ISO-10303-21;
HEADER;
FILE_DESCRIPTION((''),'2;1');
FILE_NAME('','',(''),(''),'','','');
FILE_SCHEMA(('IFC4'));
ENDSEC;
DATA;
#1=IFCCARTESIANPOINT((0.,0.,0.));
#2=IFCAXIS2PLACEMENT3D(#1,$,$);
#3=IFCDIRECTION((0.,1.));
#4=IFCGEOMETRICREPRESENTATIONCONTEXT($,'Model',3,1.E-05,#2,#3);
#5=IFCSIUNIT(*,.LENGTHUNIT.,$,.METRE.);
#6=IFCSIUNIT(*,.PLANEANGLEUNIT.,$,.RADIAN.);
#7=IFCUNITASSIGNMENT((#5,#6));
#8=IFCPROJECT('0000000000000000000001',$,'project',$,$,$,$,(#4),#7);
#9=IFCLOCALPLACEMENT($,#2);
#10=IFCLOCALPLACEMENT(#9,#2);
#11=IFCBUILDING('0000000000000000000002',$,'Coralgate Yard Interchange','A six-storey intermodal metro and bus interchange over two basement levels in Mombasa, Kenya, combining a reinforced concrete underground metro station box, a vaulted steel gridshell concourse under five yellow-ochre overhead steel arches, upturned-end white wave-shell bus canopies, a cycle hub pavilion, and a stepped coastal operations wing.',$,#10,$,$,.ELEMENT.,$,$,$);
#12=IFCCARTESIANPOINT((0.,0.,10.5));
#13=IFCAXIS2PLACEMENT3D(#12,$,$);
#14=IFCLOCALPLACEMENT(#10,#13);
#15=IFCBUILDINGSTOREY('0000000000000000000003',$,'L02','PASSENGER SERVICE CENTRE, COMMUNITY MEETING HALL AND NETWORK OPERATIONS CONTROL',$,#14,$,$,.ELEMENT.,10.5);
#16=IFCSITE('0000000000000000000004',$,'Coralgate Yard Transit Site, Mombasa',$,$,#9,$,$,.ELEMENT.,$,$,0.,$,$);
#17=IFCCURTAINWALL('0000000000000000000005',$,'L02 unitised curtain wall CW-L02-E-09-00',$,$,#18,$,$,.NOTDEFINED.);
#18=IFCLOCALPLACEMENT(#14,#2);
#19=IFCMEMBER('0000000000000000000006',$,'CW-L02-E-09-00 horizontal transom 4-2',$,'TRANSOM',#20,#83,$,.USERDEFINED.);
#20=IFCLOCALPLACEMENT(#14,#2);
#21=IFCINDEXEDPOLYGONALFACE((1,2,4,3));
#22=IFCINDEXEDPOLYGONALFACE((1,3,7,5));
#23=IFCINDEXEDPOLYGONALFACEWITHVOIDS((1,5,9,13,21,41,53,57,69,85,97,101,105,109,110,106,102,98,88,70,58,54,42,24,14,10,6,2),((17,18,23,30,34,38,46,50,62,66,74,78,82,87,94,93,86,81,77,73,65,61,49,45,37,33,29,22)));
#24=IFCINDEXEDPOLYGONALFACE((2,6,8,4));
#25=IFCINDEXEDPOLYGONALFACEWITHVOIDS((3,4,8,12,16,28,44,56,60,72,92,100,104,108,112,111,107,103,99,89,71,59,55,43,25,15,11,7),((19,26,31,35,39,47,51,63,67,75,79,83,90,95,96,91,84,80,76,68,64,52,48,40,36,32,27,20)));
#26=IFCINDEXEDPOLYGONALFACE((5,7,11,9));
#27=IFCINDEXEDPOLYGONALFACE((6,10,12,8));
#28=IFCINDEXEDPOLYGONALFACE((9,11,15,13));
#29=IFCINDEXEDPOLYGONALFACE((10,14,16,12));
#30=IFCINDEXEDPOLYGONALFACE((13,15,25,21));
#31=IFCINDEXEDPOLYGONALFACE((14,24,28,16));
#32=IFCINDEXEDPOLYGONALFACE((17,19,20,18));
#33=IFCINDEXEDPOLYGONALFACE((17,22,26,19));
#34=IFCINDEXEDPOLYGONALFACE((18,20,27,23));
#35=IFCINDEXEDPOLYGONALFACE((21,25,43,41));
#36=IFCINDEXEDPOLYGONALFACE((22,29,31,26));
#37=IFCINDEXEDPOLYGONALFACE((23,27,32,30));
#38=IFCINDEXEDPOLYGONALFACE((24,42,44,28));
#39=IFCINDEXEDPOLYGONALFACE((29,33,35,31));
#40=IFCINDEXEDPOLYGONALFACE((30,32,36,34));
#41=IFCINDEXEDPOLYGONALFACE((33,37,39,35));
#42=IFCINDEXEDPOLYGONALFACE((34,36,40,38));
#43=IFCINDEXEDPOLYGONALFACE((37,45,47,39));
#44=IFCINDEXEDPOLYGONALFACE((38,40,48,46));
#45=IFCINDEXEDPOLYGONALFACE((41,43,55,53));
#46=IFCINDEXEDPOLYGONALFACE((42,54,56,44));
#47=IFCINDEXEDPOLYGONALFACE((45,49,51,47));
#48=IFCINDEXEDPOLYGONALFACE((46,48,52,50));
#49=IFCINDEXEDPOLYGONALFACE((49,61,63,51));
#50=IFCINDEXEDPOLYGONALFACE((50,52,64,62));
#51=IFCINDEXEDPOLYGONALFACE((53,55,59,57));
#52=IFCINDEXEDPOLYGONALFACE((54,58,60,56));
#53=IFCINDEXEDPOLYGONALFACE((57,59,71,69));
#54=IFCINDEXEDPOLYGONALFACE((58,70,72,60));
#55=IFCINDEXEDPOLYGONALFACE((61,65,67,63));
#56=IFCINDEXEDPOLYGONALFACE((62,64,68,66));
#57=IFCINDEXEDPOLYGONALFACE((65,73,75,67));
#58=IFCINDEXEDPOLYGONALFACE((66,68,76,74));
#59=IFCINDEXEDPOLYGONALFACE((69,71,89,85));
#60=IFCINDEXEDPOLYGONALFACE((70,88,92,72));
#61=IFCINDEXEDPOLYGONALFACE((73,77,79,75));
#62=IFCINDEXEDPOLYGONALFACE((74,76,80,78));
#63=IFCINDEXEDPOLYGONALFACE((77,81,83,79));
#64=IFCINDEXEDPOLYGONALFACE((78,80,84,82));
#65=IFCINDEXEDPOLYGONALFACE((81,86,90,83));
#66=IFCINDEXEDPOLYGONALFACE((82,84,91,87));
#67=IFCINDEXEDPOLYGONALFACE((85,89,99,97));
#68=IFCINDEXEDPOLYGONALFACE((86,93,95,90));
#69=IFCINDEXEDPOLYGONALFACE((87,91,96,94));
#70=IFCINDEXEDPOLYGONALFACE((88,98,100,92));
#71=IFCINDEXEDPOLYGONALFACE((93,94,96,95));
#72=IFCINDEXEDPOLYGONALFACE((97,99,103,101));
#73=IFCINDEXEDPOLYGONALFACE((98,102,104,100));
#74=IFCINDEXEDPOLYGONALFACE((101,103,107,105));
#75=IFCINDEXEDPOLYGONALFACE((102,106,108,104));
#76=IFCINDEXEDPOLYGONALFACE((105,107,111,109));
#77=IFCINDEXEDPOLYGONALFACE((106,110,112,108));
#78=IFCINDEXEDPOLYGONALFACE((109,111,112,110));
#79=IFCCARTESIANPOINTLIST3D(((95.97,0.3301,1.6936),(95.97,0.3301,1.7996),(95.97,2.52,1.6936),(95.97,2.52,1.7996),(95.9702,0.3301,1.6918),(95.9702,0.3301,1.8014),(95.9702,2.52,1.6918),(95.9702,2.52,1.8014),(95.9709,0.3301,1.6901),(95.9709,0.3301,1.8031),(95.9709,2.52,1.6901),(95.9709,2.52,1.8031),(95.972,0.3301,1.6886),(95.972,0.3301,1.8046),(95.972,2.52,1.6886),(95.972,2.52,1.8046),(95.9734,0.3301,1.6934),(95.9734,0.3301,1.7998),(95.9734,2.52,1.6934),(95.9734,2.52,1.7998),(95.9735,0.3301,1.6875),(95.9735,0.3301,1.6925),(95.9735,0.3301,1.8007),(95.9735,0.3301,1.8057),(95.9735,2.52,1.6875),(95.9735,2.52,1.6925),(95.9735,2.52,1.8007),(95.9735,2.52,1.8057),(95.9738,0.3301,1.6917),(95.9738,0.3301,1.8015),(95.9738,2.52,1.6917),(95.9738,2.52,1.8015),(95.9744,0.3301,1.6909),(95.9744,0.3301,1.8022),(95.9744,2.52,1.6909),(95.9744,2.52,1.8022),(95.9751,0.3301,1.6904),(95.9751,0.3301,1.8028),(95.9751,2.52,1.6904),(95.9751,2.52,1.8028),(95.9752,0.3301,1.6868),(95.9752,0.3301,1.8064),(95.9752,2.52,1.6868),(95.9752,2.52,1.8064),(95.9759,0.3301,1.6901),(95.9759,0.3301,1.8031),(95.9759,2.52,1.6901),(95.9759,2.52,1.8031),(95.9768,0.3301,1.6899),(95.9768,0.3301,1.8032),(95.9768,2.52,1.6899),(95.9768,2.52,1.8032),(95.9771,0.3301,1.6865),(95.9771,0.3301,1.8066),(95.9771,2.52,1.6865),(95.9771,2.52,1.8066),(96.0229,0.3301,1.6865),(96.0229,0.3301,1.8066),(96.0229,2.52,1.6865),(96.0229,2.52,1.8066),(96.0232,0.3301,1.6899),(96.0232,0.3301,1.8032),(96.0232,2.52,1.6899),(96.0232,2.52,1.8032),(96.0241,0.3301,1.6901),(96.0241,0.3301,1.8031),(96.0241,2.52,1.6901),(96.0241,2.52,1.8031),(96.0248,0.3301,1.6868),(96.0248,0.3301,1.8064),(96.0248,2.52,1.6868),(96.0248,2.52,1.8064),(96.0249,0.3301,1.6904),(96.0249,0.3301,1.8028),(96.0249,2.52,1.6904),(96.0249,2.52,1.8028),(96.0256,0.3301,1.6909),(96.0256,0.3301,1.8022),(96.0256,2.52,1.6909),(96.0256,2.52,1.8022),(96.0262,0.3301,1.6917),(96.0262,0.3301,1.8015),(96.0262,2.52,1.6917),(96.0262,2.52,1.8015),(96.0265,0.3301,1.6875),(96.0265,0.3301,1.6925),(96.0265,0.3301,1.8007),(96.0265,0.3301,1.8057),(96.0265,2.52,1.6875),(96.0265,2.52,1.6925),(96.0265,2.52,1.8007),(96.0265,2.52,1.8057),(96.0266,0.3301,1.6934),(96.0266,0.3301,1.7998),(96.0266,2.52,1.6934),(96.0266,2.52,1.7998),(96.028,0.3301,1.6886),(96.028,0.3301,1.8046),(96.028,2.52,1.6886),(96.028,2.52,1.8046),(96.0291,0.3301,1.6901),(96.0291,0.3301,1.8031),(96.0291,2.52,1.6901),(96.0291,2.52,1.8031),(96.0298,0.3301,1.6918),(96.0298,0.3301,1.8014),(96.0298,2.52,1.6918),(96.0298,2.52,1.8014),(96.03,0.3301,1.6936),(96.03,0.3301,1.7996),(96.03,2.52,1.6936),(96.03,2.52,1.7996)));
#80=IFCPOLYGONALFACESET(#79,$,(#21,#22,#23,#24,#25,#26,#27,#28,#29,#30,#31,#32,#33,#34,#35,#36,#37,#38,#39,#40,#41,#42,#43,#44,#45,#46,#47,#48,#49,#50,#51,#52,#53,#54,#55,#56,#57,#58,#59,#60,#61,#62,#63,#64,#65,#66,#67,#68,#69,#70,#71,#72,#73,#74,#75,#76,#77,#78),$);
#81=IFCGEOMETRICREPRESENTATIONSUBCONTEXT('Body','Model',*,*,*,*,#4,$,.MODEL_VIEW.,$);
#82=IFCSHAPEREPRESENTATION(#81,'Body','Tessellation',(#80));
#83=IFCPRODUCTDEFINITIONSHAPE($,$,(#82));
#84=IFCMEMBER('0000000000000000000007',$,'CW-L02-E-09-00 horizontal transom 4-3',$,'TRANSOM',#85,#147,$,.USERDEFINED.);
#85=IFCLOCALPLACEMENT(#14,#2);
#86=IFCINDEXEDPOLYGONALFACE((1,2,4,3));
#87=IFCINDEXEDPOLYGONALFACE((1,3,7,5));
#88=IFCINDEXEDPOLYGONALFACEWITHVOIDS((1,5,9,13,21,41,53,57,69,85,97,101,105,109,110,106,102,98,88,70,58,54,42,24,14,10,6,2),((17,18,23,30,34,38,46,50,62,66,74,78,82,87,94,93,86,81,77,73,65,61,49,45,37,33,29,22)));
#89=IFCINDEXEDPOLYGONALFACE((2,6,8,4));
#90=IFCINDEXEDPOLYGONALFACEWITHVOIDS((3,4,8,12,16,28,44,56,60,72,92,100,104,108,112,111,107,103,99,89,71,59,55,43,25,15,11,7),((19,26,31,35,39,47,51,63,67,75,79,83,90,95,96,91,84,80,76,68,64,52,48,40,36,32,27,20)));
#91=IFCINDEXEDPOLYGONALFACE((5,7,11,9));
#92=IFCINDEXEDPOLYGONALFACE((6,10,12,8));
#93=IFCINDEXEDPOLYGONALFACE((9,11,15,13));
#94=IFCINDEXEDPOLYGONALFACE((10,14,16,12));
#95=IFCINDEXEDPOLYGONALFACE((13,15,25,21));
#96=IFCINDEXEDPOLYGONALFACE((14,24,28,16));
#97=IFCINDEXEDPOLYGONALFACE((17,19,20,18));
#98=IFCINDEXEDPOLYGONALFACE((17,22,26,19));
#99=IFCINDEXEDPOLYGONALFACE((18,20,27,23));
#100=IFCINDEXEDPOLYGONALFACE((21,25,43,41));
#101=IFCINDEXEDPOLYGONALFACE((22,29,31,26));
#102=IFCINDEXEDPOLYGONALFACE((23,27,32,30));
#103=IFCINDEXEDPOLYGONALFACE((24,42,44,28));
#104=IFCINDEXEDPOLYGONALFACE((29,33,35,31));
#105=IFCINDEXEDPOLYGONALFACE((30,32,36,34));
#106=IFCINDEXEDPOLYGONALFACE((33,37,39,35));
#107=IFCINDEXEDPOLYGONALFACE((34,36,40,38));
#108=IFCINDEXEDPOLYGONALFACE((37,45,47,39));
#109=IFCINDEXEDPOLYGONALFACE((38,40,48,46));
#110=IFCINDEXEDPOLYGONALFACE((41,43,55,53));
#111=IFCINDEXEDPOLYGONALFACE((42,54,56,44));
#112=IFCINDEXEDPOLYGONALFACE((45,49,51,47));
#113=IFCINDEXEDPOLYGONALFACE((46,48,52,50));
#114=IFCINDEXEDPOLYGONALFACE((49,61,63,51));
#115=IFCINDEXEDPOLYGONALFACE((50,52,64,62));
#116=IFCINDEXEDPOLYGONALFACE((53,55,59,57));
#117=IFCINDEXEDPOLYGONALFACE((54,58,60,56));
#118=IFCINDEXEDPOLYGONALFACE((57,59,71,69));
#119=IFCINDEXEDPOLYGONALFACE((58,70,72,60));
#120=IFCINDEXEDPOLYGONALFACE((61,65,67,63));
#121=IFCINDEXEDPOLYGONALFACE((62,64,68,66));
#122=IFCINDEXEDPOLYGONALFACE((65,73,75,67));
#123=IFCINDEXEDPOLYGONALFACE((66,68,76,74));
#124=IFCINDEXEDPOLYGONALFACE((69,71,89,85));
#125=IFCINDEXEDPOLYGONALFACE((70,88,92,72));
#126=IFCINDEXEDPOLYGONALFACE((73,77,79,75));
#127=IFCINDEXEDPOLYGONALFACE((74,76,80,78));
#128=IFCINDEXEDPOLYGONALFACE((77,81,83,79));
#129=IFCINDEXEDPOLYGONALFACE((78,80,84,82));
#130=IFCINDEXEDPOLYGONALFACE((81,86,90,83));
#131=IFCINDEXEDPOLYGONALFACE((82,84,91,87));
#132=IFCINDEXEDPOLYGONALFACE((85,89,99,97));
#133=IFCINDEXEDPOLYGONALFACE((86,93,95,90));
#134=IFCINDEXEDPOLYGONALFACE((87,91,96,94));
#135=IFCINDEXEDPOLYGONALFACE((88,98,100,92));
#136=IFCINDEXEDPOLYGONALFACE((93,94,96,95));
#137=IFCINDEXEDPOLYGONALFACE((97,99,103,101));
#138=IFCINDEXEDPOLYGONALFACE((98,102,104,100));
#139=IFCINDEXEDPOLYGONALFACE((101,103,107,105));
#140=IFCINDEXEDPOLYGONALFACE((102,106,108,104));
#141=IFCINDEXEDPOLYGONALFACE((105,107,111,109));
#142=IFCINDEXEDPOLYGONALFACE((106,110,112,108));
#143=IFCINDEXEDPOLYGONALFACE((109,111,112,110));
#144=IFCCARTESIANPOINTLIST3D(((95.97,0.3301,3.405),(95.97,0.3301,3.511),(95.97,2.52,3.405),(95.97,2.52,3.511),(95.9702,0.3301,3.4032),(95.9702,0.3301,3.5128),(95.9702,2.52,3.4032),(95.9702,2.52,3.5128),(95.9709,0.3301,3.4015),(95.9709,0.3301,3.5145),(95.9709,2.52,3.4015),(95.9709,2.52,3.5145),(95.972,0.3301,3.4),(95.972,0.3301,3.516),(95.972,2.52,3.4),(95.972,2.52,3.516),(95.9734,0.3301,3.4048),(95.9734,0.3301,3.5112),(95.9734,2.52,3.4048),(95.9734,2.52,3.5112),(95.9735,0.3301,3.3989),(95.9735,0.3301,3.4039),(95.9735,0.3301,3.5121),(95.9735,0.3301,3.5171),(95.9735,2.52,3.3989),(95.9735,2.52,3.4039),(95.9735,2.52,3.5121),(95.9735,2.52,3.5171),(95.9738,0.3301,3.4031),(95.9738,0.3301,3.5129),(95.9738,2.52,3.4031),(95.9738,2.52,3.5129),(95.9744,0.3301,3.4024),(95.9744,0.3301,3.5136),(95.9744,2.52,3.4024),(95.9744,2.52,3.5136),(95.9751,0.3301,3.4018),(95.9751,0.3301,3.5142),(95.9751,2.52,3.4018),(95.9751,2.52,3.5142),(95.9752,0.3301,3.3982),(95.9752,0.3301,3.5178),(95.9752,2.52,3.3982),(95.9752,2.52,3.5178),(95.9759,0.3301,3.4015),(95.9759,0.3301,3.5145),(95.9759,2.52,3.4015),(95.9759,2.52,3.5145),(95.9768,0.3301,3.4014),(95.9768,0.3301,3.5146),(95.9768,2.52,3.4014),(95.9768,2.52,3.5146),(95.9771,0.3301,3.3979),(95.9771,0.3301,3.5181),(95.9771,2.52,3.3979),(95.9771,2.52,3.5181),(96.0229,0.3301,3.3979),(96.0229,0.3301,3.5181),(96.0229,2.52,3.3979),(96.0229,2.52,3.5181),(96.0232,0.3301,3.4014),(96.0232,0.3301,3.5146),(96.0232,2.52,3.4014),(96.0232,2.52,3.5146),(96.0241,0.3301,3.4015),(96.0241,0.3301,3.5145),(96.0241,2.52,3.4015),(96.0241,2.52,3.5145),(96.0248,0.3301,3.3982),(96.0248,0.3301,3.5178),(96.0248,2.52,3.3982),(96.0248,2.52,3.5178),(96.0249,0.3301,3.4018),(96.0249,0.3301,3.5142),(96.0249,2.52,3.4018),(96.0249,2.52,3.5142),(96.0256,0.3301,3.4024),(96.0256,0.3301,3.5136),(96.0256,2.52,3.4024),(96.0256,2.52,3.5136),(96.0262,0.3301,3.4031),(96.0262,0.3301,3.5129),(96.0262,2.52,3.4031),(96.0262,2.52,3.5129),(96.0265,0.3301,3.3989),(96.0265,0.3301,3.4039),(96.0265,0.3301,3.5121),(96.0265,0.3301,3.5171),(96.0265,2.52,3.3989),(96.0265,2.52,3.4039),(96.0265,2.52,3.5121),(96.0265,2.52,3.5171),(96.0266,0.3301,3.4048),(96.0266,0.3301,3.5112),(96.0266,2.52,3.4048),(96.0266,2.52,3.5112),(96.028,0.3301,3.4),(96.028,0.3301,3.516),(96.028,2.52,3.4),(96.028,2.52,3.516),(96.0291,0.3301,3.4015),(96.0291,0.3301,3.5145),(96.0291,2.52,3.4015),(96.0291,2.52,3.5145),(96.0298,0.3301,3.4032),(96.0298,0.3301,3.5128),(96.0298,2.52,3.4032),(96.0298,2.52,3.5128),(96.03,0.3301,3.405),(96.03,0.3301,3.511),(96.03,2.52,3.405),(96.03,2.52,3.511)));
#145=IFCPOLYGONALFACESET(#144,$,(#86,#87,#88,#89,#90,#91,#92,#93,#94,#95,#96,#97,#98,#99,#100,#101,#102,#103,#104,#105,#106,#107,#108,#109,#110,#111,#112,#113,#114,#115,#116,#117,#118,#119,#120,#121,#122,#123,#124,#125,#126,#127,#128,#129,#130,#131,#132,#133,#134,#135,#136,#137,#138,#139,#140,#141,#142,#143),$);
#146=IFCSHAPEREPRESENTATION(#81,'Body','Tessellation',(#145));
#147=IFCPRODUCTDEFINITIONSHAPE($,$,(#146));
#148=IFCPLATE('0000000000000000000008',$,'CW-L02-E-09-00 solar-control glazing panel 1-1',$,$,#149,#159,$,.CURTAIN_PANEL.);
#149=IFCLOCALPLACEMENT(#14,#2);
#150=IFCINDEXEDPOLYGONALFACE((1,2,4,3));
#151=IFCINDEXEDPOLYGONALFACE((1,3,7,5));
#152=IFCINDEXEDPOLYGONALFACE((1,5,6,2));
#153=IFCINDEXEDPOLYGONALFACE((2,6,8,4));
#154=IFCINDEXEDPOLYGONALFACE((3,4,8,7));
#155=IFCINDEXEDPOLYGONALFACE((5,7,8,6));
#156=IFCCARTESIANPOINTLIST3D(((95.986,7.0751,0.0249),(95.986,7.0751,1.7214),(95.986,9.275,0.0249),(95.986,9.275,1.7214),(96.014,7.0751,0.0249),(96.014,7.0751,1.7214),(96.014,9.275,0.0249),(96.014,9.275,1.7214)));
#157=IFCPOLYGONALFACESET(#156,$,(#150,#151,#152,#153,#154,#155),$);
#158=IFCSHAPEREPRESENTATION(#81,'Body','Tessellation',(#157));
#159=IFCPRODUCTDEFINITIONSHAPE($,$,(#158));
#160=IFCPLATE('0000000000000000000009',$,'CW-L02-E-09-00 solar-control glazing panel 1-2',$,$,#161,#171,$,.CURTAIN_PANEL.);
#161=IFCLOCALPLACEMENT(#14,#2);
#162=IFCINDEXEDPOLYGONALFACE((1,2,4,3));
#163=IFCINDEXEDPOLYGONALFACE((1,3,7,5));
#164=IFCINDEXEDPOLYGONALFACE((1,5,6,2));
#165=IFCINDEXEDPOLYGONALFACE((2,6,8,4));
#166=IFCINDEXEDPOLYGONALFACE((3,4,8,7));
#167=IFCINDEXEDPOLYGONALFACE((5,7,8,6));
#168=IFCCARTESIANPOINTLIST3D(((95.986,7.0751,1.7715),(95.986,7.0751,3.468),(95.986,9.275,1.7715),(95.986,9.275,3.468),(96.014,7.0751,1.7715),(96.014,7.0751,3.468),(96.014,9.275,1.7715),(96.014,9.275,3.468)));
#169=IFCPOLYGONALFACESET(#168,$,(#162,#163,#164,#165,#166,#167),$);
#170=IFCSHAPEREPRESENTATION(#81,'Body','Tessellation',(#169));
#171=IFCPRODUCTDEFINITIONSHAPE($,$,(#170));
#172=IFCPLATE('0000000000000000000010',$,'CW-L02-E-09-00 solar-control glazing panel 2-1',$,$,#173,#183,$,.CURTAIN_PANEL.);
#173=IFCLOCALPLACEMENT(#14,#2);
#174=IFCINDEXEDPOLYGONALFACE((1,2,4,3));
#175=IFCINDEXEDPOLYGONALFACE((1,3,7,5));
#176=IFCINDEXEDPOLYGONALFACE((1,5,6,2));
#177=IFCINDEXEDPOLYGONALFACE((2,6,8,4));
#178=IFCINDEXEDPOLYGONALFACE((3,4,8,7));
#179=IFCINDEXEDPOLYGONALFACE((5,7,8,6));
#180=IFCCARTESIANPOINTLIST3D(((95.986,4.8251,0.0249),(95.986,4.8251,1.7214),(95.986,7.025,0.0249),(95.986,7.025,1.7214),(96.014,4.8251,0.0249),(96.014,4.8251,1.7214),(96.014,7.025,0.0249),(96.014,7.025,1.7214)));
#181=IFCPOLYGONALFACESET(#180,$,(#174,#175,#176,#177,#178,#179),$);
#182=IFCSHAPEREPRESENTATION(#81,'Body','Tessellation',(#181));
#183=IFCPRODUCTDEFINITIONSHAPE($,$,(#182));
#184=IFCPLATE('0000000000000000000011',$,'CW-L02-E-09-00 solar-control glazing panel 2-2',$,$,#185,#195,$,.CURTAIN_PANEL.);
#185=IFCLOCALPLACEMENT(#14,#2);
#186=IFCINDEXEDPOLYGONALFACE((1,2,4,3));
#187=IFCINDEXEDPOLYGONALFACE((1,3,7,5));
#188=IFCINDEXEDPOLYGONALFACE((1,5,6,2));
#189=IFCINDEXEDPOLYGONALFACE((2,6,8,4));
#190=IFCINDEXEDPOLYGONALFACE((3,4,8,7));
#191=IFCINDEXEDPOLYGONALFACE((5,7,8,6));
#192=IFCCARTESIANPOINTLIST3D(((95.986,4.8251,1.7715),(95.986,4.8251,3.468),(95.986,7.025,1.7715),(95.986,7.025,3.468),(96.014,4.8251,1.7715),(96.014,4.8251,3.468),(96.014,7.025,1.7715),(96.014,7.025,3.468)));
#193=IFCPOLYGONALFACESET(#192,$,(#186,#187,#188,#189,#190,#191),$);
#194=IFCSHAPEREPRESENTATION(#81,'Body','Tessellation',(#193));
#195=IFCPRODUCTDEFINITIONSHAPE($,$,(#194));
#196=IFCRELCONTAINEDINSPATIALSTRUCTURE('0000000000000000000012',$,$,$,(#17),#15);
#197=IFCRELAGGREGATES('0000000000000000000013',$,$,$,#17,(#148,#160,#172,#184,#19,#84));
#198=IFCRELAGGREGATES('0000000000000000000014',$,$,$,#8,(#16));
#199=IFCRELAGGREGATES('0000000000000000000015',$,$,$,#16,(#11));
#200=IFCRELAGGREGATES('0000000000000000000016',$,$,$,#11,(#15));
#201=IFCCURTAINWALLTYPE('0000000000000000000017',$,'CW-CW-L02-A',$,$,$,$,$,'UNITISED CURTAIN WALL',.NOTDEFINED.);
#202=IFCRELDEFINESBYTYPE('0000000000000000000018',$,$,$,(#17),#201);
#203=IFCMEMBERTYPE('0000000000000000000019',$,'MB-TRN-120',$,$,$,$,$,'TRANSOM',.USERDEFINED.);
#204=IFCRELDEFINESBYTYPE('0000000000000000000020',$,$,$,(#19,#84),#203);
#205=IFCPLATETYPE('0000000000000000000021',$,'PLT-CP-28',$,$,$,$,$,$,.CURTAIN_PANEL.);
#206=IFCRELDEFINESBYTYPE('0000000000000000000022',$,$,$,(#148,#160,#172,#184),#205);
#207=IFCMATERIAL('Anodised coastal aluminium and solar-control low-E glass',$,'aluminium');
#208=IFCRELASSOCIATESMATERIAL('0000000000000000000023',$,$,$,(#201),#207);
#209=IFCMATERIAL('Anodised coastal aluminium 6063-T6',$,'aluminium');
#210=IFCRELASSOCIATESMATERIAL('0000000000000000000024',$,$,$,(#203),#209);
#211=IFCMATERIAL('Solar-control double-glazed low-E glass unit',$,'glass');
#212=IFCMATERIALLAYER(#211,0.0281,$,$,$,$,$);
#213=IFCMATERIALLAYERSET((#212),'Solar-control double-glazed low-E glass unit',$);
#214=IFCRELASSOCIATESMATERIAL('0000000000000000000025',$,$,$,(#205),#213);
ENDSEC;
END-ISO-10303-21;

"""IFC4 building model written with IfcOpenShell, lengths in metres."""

from ifc_helpers import new_model, si_unit, direction, frame, origin, origin_2d, place, context, subcontext, project, spatial, rectangle, hollow_rectangle, extrude, material, layer, layer_set, material_profile, profile_set, type_object, element, aggregate, save


model = new_model("IFC4")

# Units and contexts
model_context = context("Model", 3, precision=1e-05, world=origin(), true_north=direction((0.0, 1.0)))
body_context = subcontext(model_context, "Body", "Model", "MODEL_VIEW")
ifc_project = project(units=[si_unit("LENGTHUNIT", "METRE"), si_unit("PLANEANGLEUNIT", "RADIAN")], contexts=[model_context])

# Site, building, storey
site_placement = place(None, origin())
site = spatial("IfcSite", under=ifc_project, at=site_placement, Name="Coralgate Yard Transit Site, Mombasa", CompositionType="ELEMENT", RefElevation=0.0)
building_placement = place(site_placement, origin())
building = spatial("IfcBuilding", under=site, at=building_placement, Name="Coralgate Yard Interchange", Description="A six-storey intermodal metro and bus interchange over two basement levels in Mombasa, Kenya, combining a reinforced concrete underground metro station box, a vaulted steel gridshell concourse under five yellow-ochre overhead steel arches, upturned-end white wave-shell bus canopies, a cycle hub pavilion, and a stepped coastal operations wing.", CompositionType="ELEMENT")
storey_placement = place(building_placement, frame((0.0, 0.0, 10.5)))
storey = spatial("IfcBuildingStorey", under=building, at=storey_placement, Name="L02", Description="PASSENGER SERVICE CENTRE, COMMUNITY MEETING HALL AND NETWORK OPERATIONS CONTROL", CompositionType="ELEMENT", Elevation=10.5)

# Shared definitions
ifc_material_1 = material(Name="Anodised coastal aluminium and solar-control low-E glass", Category="aluminium")
curtain_wall_type = type_object("IfcCurtainWallType", Name="CW-CW-L02-A", ElementType="UNITISED CURTAIN WALL", PredefinedType="NOTDEFINED", material=ifc_material_1)
ifc_material_2 = material(Name="Anodised coastal aluminium 6063-T6", Category="aluminium")

# Curtain wall
curtain_wall_1_placement = place(storey_placement, origin())
curtain_wall_1 = element("IfcCurtainWall", 1, at=curtain_wall_1_placement, inside=storey, type_object=curtain_wall_type, Name="L02 unitised curtain wall CW-L02-E-09-00", PredefinedType="NOTDEFINED")

# Members
ifc_material_profile_1 = material_profile(ifc_material_2, hollow_rectangle(XDim=0.0601, YDim=0.1201, WallThickness=0.0034, InnerFilletRadius=0.0034, OuterFilletRadius=0.0071, at=origin_2d()), Name="ALU 60x120x3.5")
ifc_profile_set_1 = profile_set([ifc_material_profile_1], Name="Anodised coastal aluminium 6063-T6")
member_type_1 = type_object("IfcMemberType", Name="MB-TRN-120", ElementType="TRANSOM", PredefinedType="USERDEFINED", material=ifc_profile_set_1)
member_1_placement = place(storey_placement, frame((96.0, 2.52, 1.7466), z_axis=(0.0, -1.0, 0.0), x_axis=(1.0, 0.0, 0.0)))
member_1 = element("IfcMember", 2, at=member_1_placement, type_object=member_type_1, Name="CW-L02-E-09-00 horizontal transom 4-2", ObjectType="TRANSOM", PredefinedType="USERDEFINED", context=body_context, shape_type="SweptSolid", body=[
    extrude(hollow_rectangle(XDim=0.0601, YDim=0.1201, WallThickness=0.0034, InnerFilletRadius=0.0034, OuterFilletRadius=0.0071, at=origin_2d()), origin(), (0.0, 0.0, 1.0), 2.1899),
])
member_2_placement = place(storey_placement, frame((96.0, 2.52, 3.458), z_axis=(0.0, -1.0, 0.0), x_axis=(1.0, 0.0, 0.0)))
member_2 = element("IfcMember", 3, at=member_2_placement, type_object=member_type_1, Name="CW-L02-E-09-00 horizontal transom 4-3", ObjectType="TRANSOM", PredefinedType="USERDEFINED", context=body_context, shape_type="SweptSolid", body=[
    extrude(hollow_rectangle(XDim=0.0601, YDim=0.1201, WallThickness=0.0034, InnerFilletRadius=0.0034, OuterFilletRadius=0.0071, at=origin_2d()), origin(), (0.0, 0.0, 1.0), 2.1899),
])

# Plates
ifc_material_3 = material(Name="Solar-control double-glazed low-E glass unit", Category="glass")
ifc_layer = layer(ifc_material_3, 0.0281)
ifc_layer_set = layer_set([ifc_layer], Name="Solar-control double-glazed low-E glass unit")
plate_type = type_object("IfcPlateType", Name="PLT-CP-28", PredefinedType="CURTAIN_PANEL", material=ifc_layer_set)
plate_1_placement = place(storey_placement, frame((96.0, 8.175, 0.0249), z_axis=(0.0, 0.0, 1.0), x_axis=(0.0, -1.0, 0.0)))
plate_1 = element("IfcPlate", 4, at=plate_1_placement, type_object=plate_type, Name="CW-L02-E-09-00 solar-control glazing panel 1-1", PredefinedType="CURTAIN_PANEL", context=body_context, shape_type="SweptSolid", body=[
    extrude(rectangle(XDim=2.2, YDim=0.0281, at=origin_2d()), origin(), (0.0, 0.0, 1.0), 1.6965),
])
plate_2_placement = place(storey_placement, frame((96.0, 8.175, 1.7715), z_axis=(0.0, 0.0, 1.0), x_axis=(0.0, -1.0, 0.0)))
plate_2 = element("IfcPlate", 5, at=plate_2_placement, type_object=plate_type, Name="CW-L02-E-09-00 solar-control glazing panel 1-2", PredefinedType="CURTAIN_PANEL", context=body_context, shape_type="SweptSolid", body=[
    extrude(rectangle(XDim=2.2, YDim=0.0281, at=origin_2d()), origin(), (0.0, 0.0, 1.0), 1.6965),
])
plate_3_placement = place(storey_placement, frame((96.0, 5.925, 0.0249), z_axis=(0.0, 0.0, 1.0), x_axis=(0.0, -1.0, 0.0)))
plate_3 = element("IfcPlate", 6, at=plate_3_placement, type_object=plate_type, Name="CW-L02-E-09-00 solar-control glazing panel 2-1", PredefinedType="CURTAIN_PANEL", context=body_context, shape_type="SweptSolid", body=[
    extrude(rectangle(XDim=2.2, YDim=0.0281, at=origin_2d()), origin(), (0.0, 0.0, 1.0), 1.6965),
])
plate_4_placement = place(storey_placement, frame((96.0, 5.925, 1.7715), z_axis=(0.0, 0.0, 1.0), x_axis=(0.0, -1.0, 0.0)))
plate_4 = element("IfcPlate", 7, at=plate_4_placement, type_object=plate_type, Name="CW-L02-E-09-00 solar-control glazing panel 2-2", PredefinedType="CURTAIN_PANEL", context=body_context, shape_type="SweptSolid", body=[
    extrude(rectangle(XDim=2.2, YDim=0.0281, at=origin_2d()), origin(), (0.0, 0.0, 1.0), 1.6965),
])
aggregate(curtain_wall_1, [plate_1, plate_2, plate_3, plate_4, member_1, member_2])

save(model, "model.ifc")
